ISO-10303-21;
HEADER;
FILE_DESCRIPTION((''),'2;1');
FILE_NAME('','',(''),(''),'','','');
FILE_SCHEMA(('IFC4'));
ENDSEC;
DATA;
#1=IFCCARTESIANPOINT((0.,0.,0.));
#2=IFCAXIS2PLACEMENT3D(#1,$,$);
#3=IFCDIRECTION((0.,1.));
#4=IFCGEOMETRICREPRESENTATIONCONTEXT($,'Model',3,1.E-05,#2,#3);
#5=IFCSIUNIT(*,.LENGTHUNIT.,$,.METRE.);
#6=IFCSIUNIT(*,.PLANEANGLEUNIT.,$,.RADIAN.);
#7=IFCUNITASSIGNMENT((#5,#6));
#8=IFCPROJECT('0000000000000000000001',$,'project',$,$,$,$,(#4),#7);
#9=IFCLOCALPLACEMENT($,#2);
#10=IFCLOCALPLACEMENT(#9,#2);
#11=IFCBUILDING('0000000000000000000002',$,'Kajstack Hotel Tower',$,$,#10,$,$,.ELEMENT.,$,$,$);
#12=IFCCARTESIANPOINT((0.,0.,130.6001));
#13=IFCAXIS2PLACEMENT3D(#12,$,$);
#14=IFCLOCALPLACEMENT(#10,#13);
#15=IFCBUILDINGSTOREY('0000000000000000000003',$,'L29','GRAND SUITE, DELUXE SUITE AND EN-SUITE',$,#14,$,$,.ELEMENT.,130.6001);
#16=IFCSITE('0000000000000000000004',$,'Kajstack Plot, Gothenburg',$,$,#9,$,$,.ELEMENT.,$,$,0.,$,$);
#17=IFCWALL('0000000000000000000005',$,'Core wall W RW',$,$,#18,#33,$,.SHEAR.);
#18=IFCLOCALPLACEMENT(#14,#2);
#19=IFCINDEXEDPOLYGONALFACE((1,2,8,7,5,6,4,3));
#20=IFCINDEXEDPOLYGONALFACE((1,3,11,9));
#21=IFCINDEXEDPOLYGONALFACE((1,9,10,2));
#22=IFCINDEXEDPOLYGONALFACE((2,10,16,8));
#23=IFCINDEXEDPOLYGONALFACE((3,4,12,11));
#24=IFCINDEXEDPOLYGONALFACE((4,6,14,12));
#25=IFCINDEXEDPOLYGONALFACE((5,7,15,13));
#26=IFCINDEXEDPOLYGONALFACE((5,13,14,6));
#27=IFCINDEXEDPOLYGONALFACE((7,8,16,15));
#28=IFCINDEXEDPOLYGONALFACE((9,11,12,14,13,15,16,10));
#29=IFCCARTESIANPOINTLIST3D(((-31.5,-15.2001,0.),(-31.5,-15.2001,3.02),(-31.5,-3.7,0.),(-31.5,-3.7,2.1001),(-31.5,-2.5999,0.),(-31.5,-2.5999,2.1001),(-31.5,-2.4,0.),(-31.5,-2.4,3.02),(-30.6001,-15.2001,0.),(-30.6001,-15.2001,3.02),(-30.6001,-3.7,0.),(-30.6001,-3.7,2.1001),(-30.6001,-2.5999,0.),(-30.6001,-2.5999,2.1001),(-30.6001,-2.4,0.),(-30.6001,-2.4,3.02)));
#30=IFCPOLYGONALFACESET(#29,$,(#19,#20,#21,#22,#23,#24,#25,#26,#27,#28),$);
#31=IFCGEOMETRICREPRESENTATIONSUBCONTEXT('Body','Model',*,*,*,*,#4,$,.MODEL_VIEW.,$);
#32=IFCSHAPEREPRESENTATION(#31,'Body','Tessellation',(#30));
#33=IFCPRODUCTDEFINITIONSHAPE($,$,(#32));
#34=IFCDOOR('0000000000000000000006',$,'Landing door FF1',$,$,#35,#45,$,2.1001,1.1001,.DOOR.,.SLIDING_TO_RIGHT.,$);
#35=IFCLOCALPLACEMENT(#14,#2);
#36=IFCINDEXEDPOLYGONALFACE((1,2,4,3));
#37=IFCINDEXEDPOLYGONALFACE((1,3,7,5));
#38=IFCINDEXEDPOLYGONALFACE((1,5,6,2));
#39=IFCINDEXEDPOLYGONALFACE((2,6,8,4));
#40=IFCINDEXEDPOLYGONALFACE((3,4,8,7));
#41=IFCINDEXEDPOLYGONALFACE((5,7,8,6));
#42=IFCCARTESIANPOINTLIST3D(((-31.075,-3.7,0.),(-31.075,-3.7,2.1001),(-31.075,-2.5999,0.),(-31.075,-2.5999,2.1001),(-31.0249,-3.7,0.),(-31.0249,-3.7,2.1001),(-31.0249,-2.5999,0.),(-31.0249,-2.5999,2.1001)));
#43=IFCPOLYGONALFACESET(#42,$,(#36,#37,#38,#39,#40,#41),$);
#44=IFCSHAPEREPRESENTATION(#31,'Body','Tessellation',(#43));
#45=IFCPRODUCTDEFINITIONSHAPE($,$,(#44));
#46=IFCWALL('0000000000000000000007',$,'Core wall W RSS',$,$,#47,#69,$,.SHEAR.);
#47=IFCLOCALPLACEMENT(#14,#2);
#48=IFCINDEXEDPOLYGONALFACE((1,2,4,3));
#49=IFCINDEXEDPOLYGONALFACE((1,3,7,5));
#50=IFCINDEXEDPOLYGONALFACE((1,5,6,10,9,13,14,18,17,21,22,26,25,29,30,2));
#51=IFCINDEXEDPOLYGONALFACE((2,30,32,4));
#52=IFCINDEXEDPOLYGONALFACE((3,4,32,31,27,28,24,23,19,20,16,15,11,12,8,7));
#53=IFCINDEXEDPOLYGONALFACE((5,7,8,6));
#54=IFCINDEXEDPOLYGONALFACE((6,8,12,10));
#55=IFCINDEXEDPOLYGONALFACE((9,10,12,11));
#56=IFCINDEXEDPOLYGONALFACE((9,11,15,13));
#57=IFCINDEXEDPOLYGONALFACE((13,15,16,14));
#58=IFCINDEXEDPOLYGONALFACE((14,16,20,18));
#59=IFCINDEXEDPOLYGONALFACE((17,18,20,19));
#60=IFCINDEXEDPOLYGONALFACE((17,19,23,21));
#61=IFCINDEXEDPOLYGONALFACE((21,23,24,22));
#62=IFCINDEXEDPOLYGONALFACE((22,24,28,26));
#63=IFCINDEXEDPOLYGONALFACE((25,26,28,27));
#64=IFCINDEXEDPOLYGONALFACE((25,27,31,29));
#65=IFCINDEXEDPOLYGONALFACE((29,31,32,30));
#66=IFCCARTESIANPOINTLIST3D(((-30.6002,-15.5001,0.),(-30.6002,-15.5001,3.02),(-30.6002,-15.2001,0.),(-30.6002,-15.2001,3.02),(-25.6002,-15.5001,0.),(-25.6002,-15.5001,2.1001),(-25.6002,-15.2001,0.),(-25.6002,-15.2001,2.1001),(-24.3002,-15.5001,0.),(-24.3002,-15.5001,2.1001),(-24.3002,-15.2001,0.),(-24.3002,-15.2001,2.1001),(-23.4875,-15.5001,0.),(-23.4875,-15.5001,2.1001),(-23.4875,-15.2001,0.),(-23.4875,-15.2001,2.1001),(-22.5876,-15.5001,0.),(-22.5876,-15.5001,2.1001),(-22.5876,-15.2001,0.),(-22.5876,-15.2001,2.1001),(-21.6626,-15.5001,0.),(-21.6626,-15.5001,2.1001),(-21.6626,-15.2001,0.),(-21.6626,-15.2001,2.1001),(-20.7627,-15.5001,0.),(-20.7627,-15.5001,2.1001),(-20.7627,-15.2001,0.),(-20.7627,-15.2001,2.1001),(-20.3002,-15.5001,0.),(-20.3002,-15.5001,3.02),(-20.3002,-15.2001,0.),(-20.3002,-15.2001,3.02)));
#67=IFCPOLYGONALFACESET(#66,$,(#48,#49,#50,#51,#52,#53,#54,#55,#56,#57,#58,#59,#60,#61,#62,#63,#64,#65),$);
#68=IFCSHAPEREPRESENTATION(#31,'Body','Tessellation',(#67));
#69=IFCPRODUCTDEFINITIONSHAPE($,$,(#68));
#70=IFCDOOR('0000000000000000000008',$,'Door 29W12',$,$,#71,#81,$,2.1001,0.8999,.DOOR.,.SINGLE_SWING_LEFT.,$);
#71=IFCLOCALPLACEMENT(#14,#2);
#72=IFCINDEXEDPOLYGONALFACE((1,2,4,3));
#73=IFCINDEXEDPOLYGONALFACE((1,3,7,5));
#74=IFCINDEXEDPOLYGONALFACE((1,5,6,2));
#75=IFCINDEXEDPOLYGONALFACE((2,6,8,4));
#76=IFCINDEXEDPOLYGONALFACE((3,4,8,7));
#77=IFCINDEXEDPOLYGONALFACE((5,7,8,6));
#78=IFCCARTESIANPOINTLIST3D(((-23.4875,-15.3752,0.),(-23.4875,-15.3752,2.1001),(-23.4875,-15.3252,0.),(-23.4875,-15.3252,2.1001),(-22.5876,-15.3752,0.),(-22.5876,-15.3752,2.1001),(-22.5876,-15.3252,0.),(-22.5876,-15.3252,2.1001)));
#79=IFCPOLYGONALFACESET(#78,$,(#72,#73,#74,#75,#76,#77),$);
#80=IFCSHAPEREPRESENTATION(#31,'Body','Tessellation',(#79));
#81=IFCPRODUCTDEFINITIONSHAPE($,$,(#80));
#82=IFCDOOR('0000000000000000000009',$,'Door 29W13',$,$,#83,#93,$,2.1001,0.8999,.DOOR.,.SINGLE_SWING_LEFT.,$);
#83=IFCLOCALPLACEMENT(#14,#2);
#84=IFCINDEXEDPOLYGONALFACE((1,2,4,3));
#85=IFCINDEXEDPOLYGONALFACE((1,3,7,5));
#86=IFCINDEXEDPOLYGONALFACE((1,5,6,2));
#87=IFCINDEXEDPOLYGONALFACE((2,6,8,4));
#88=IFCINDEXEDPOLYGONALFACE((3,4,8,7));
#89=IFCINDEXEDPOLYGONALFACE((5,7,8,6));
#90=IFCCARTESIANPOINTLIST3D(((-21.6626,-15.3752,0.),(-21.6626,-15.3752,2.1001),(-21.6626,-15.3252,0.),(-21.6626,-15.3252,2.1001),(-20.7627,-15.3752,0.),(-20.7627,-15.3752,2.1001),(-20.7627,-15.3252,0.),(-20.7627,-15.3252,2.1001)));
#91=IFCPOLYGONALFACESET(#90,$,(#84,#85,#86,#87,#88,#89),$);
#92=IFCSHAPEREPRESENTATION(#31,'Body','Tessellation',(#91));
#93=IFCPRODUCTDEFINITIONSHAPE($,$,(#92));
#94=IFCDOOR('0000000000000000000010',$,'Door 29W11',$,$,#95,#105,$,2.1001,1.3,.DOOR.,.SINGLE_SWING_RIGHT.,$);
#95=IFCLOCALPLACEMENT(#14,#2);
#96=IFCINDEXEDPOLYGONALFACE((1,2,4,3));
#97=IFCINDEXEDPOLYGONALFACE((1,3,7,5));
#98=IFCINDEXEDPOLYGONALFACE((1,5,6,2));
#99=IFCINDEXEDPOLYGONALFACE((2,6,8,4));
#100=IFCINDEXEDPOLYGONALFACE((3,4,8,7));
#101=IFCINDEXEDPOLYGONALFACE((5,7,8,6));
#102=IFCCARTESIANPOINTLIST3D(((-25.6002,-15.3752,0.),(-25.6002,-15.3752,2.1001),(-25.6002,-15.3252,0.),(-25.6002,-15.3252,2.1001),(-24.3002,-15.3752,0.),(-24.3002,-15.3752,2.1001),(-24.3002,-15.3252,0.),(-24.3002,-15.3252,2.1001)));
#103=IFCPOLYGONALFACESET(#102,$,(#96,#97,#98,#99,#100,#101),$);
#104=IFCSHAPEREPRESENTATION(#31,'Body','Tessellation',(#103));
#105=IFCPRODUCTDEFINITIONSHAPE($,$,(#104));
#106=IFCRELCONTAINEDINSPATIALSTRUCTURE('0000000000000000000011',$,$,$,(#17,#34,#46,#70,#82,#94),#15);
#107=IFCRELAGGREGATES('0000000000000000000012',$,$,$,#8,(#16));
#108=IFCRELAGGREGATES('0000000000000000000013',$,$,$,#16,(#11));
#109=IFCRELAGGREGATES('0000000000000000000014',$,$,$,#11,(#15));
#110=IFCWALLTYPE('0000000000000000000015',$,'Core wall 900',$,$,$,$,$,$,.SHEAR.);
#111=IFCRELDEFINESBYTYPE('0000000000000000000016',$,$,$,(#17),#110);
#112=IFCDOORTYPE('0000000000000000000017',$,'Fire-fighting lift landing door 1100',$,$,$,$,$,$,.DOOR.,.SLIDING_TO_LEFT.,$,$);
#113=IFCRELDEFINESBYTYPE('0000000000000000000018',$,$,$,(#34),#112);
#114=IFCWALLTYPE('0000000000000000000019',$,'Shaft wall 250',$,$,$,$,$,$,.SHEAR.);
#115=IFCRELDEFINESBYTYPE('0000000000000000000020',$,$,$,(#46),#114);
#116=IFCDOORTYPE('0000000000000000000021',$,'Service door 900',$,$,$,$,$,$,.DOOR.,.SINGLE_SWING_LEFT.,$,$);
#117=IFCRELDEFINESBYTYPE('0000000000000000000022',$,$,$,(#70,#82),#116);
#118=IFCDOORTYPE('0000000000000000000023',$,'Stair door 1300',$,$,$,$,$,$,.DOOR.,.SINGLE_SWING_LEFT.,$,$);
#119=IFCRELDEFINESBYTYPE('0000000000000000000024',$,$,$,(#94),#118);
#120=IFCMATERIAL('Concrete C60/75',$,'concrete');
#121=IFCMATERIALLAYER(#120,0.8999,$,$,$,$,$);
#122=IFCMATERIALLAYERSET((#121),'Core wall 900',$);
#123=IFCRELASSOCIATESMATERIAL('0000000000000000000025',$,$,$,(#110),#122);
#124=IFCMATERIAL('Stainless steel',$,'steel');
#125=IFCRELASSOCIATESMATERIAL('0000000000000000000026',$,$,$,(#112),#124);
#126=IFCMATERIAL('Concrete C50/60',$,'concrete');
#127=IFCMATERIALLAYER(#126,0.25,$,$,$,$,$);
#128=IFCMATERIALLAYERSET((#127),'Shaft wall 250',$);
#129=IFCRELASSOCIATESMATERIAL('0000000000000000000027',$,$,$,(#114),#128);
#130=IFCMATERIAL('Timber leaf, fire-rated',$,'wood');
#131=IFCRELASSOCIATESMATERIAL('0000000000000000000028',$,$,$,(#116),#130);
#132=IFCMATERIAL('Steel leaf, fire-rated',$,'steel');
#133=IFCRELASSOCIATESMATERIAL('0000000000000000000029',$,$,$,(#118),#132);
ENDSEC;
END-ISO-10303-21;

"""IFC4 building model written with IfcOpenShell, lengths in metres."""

from ifc_helpers import new_model, si_unit, direction, frame, frame_2d, origin, place, context, subcontext, project, spatial, rectangle, extrude, material, layer, layer_set, type_object, element, fill, save


model = new_model("IFC4")

# Units and contexts
model_context = context("Model", 3, precision=1e-05, world=origin(), true_north=direction((0.0, 1.0)))
body_context = subcontext(model_context, "Body", "Model", "MODEL_VIEW")
ifc_project = project(units=[si_unit("LENGTHUNIT", "METRE"), si_unit("PLANEANGLEUNIT", "RADIAN")], contexts=[model_context])

# Site, building, storey
site_placement = place(None, origin())
site = spatial("IfcSite", under=ifc_project, at=site_placement, Name="Kajstack Plot, Gothenburg", CompositionType="ELEMENT", RefElevation=0.0)
building_placement = place(site_placement, origin())
building = spatial("IfcBuilding", under=site, at=building_placement, Name="Kajstack Hotel Tower", CompositionType="ELEMENT")
storey_placement = place(building_placement, frame((0.0, 0.0, 130.6001)))
storey = spatial("IfcBuildingStorey", under=building, at=storey_placement, Name="L29", Description="GRAND SUITE, DELUXE SUITE AND EN-SUITE", CompositionType="ELEMENT", Elevation=130.6001)

# Wall, opening, door
ifc_material_1 = material(Name="Concrete C60/75", Category="concrete")
ifc_layer_1 = layer(ifc_material_1, 0.8999)
ifc_layer_set_1 = layer_set([ifc_layer_1], Name="Core wall 900")
wall_type_1 = type_object("IfcWallType", Name="Core wall 900", PredefinedType="SHEAR", material=ifc_layer_set_1)
wall_1_placement = place(storey_placement, frame((-31.05, -15.2, 0.0), z_axis=(0.0, 0.0, 1.0), x_axis=(0.0, 1.0, 0.0)))
wall_1 = element("IfcWall", 1, at=wall_1_placement, inside=storey, type_object=wall_type_1, Name="Core wall W RW", PredefinedType="SHEAR", context=body_context, shape_type="SweptSolid", body=[
    extrude(rectangle(XDim=12.8, YDim=0.8999, at=frame_2d((6.3999, 0.0))), origin(), (0.0, 0.0, 1.0), 3.02),
])
opening_1_placement = place(wall_1_placement, frame((11.5, 0.0, 0.0)))
opening_1 = element("IfcOpeningElement", 2, at=opening_1_placement, cuts=wall_1, PredefinedType="OPENING", context=body_context, shape_type="SweptSolid", body=[
    extrude(rectangle(XDim=1.1001, YDim=2.1001, at=frame_2d((0.55, 1.05))), frame((0.0, 0.46, 0.0), z_axis=(0.0, -1.0, 0.0), x_axis=(1.0, 0.0, 0.0)), (0.0, 0.0, 1.0), 0.9199),
])
ifc_material_2 = material(Name="Stainless steel", Category="steel")
door_type_1 = type_object("IfcDoorType", Name="Fire-fighting lift landing door 1100", OperationType="SLIDING_TO_LEFT", PredefinedType="DOOR", material=ifc_material_2)
door_1_placement = place(opening_1_placement, origin())
door_1 = element("IfcDoor", 3, at=door_1_placement, inside=storey, type_object=door_type_1, Name="Landing door FF1", OperationType="SLIDING_TO_RIGHT", OverallHeight=2.1001, OverallWidth=1.1001, PredefinedType="DOOR", context=body_context, shape_type="SweptSolid", body=[
    extrude(rectangle(XDim=1.1001, YDim=2.1001, at=frame_2d((0.55, 1.05))), frame((0.0, 0.0249, 0.0), z_axis=(0.0, -1.0, 0.0), x_axis=(1.0, 0.0, 0.0)), (0.0, 0.0, 1.0), 0.05),
])
fill(opening_1, door_1)

# Wall, openings, doors
ifc_material_3 = material(Name="Concrete C50/60", Category="concrete")
ifc_layer_2 = layer(ifc_material_3, 0.25)
ifc_layer_set_2 = layer_set([ifc_layer_2], Name="Shaft wall 250")
wall_type_2 = type_object("IfcWallType", Name="Shaft wall 250", PredefinedType="SHEAR", material=ifc_layer_set_2)
wall_2_placement = place(storey_placement, frame((-30.6001, -15.3501, 0.0), z_axis=(0.0, 0.0, 1.0), x_axis=(1.0, 0.0, 0.0)))
wall_2 = element("IfcWall", 4, at=wall_2_placement, inside=storey, type_object=wall_type_2, Name="Core wall W RSS", PredefinedType="SHEAR", context=body_context, shape_type="SweptSolid", body=[
    extrude(rectangle(XDim=10.3, YDim=0.3, at=frame_2d((5.1499, 0.0))), origin(), (0.0, 0.0, 1.0), 3.02),
])
opening_2_placement = place(wall_2_placement, frame((5.0, 0.0, 0.0)))
opening_2 = element("IfcOpeningElement", 5, at=opening_2_placement, cuts=wall_2, PredefinedType="OPENING", context=body_context, shape_type="SweptSolid", body=[
    extrude(rectangle(XDim=1.3, YDim=2.1001, at=frame_2d((0.6499, 1.05))), frame((0.0, 0.1599, 0.0), z_axis=(0.0, -1.0, 0.0), x_axis=(1.0, 0.0, 0.0)), (0.0, 0.0, 1.0), 0.3201),
])
opening_3_placement = place(wall_2_placement, frame((7.1125, 0.0, 0.0)))
opening_3 = element("IfcOpeningElement", 6, at=opening_3_placement, cuts=wall_2, PredefinedType="OPENING", context=body_context, shape_type="SweptSolid", body=[
    extrude(rectangle(XDim=0.8999, YDim=2.1001, at=frame_2d((0.45, 1.05))), frame((0.0, 0.1599, 0.0), z_axis=(0.0, -1.0, 0.0), x_axis=(1.0, 0.0, 0.0)), (0.0, 0.0, 1.0), 0.3201),
])
opening_4_placement = place(wall_2_placement, frame((8.9375, 0.0, 0.0)))
opening_4 = element("IfcOpeningElement", 7, at=opening_4_placement, cuts=wall_2, PredefinedType="OPENING", context=body_context, shape_type="SweptSolid", body=[
    extrude(rectangle(XDim=0.8999, YDim=2.1001, at=frame_2d((0.45, 1.05))), frame((0.0, 0.1599, 0.0), z_axis=(0.0, -1.0, 0.0), x_axis=(1.0, 0.0, 0.0)), (0.0, 0.0, 1.0), 0.3201),
])
ifc_material_4 = material(Name="Timber leaf, fire-rated", Category="wood")
door_type_2 = type_object("IfcDoorType", Name="Service door 900", OperationType="SINGLE_SWING_LEFT", PredefinedType="DOOR", material=ifc_material_4)
door_2_placement = place(opening_3_placement, origin())
door_2 = element("IfcDoor", 8, at=door_2_placement, inside=storey, type_object=door_type_2, Name="Door 29W12", OperationType="SINGLE_SWING_LEFT", OverallHeight=2.1001, OverallWidth=0.8999, PredefinedType="DOOR", context=body_context, shape_type="SweptSolid", body=[
    extrude(rectangle(XDim=0.8999, YDim=2.1001, at=frame_2d((0.45, 1.05))), frame((0.0, 0.0249, 0.0), z_axis=(0.0, -1.0, 0.0), x_axis=(1.0, 0.0, 0.0)), (0.0, 0.0, 1.0), 0.05),
])
fill(opening_3, door_2)
door_3_placement = place(opening_4_placement, origin())
door_3 = element("IfcDoor", 9, at=door_3_placement, inside=storey, type_object=door_type_2, Name="Door 29W13", OperationType="SINGLE_SWING_LEFT", OverallHeight=2.1001, OverallWidth=0.8999, PredefinedType="DOOR", context=body_context, shape_type="SweptSolid", body=[
    extrude(rectangle(XDim=0.8999, YDim=2.1001, at=frame_2d((0.45, 1.05))), frame((0.0, 0.0249, 0.0), z_axis=(0.0, -1.0, 0.0), x_axis=(1.0, 0.0, 0.0)), (0.0, 0.0, 1.0), 0.05),
])
fill(opening_4, door_3)
ifc_material_5 = material(Name="Steel leaf, fire-rated", Category="steel")
door_type_3 = type_object("IfcDoorType", Name="Stair door 1300", OperationType="SINGLE_SWING_LEFT", PredefinedType="DOOR", material=ifc_material_5)
door_4_placement = place(opening_2_placement, origin())
door_4 = element("IfcDoor", 10, at=door_4_placement, inside=storey, type_object=door_type_3, Name="Door 29W11", OperationType="SINGLE_SWING_RIGHT", OverallHeight=2.1001, OverallWidth=1.3, PredefinedType="DOOR", context=body_context, shape_type="SweptSolid", body=[
    extrude(rectangle(XDim=1.3, YDim=2.1001, at=frame_2d((0.6499, 1.05))), frame((0.0, 0.0249, 0.0), z_axis=(0.0, -1.0, 0.0), x_axis=(1.0, 0.0, 0.0)), (0.0, 0.0, 1.0), 0.05),
])
fill(opening_2, door_4)

save(model, "model.ifc")
